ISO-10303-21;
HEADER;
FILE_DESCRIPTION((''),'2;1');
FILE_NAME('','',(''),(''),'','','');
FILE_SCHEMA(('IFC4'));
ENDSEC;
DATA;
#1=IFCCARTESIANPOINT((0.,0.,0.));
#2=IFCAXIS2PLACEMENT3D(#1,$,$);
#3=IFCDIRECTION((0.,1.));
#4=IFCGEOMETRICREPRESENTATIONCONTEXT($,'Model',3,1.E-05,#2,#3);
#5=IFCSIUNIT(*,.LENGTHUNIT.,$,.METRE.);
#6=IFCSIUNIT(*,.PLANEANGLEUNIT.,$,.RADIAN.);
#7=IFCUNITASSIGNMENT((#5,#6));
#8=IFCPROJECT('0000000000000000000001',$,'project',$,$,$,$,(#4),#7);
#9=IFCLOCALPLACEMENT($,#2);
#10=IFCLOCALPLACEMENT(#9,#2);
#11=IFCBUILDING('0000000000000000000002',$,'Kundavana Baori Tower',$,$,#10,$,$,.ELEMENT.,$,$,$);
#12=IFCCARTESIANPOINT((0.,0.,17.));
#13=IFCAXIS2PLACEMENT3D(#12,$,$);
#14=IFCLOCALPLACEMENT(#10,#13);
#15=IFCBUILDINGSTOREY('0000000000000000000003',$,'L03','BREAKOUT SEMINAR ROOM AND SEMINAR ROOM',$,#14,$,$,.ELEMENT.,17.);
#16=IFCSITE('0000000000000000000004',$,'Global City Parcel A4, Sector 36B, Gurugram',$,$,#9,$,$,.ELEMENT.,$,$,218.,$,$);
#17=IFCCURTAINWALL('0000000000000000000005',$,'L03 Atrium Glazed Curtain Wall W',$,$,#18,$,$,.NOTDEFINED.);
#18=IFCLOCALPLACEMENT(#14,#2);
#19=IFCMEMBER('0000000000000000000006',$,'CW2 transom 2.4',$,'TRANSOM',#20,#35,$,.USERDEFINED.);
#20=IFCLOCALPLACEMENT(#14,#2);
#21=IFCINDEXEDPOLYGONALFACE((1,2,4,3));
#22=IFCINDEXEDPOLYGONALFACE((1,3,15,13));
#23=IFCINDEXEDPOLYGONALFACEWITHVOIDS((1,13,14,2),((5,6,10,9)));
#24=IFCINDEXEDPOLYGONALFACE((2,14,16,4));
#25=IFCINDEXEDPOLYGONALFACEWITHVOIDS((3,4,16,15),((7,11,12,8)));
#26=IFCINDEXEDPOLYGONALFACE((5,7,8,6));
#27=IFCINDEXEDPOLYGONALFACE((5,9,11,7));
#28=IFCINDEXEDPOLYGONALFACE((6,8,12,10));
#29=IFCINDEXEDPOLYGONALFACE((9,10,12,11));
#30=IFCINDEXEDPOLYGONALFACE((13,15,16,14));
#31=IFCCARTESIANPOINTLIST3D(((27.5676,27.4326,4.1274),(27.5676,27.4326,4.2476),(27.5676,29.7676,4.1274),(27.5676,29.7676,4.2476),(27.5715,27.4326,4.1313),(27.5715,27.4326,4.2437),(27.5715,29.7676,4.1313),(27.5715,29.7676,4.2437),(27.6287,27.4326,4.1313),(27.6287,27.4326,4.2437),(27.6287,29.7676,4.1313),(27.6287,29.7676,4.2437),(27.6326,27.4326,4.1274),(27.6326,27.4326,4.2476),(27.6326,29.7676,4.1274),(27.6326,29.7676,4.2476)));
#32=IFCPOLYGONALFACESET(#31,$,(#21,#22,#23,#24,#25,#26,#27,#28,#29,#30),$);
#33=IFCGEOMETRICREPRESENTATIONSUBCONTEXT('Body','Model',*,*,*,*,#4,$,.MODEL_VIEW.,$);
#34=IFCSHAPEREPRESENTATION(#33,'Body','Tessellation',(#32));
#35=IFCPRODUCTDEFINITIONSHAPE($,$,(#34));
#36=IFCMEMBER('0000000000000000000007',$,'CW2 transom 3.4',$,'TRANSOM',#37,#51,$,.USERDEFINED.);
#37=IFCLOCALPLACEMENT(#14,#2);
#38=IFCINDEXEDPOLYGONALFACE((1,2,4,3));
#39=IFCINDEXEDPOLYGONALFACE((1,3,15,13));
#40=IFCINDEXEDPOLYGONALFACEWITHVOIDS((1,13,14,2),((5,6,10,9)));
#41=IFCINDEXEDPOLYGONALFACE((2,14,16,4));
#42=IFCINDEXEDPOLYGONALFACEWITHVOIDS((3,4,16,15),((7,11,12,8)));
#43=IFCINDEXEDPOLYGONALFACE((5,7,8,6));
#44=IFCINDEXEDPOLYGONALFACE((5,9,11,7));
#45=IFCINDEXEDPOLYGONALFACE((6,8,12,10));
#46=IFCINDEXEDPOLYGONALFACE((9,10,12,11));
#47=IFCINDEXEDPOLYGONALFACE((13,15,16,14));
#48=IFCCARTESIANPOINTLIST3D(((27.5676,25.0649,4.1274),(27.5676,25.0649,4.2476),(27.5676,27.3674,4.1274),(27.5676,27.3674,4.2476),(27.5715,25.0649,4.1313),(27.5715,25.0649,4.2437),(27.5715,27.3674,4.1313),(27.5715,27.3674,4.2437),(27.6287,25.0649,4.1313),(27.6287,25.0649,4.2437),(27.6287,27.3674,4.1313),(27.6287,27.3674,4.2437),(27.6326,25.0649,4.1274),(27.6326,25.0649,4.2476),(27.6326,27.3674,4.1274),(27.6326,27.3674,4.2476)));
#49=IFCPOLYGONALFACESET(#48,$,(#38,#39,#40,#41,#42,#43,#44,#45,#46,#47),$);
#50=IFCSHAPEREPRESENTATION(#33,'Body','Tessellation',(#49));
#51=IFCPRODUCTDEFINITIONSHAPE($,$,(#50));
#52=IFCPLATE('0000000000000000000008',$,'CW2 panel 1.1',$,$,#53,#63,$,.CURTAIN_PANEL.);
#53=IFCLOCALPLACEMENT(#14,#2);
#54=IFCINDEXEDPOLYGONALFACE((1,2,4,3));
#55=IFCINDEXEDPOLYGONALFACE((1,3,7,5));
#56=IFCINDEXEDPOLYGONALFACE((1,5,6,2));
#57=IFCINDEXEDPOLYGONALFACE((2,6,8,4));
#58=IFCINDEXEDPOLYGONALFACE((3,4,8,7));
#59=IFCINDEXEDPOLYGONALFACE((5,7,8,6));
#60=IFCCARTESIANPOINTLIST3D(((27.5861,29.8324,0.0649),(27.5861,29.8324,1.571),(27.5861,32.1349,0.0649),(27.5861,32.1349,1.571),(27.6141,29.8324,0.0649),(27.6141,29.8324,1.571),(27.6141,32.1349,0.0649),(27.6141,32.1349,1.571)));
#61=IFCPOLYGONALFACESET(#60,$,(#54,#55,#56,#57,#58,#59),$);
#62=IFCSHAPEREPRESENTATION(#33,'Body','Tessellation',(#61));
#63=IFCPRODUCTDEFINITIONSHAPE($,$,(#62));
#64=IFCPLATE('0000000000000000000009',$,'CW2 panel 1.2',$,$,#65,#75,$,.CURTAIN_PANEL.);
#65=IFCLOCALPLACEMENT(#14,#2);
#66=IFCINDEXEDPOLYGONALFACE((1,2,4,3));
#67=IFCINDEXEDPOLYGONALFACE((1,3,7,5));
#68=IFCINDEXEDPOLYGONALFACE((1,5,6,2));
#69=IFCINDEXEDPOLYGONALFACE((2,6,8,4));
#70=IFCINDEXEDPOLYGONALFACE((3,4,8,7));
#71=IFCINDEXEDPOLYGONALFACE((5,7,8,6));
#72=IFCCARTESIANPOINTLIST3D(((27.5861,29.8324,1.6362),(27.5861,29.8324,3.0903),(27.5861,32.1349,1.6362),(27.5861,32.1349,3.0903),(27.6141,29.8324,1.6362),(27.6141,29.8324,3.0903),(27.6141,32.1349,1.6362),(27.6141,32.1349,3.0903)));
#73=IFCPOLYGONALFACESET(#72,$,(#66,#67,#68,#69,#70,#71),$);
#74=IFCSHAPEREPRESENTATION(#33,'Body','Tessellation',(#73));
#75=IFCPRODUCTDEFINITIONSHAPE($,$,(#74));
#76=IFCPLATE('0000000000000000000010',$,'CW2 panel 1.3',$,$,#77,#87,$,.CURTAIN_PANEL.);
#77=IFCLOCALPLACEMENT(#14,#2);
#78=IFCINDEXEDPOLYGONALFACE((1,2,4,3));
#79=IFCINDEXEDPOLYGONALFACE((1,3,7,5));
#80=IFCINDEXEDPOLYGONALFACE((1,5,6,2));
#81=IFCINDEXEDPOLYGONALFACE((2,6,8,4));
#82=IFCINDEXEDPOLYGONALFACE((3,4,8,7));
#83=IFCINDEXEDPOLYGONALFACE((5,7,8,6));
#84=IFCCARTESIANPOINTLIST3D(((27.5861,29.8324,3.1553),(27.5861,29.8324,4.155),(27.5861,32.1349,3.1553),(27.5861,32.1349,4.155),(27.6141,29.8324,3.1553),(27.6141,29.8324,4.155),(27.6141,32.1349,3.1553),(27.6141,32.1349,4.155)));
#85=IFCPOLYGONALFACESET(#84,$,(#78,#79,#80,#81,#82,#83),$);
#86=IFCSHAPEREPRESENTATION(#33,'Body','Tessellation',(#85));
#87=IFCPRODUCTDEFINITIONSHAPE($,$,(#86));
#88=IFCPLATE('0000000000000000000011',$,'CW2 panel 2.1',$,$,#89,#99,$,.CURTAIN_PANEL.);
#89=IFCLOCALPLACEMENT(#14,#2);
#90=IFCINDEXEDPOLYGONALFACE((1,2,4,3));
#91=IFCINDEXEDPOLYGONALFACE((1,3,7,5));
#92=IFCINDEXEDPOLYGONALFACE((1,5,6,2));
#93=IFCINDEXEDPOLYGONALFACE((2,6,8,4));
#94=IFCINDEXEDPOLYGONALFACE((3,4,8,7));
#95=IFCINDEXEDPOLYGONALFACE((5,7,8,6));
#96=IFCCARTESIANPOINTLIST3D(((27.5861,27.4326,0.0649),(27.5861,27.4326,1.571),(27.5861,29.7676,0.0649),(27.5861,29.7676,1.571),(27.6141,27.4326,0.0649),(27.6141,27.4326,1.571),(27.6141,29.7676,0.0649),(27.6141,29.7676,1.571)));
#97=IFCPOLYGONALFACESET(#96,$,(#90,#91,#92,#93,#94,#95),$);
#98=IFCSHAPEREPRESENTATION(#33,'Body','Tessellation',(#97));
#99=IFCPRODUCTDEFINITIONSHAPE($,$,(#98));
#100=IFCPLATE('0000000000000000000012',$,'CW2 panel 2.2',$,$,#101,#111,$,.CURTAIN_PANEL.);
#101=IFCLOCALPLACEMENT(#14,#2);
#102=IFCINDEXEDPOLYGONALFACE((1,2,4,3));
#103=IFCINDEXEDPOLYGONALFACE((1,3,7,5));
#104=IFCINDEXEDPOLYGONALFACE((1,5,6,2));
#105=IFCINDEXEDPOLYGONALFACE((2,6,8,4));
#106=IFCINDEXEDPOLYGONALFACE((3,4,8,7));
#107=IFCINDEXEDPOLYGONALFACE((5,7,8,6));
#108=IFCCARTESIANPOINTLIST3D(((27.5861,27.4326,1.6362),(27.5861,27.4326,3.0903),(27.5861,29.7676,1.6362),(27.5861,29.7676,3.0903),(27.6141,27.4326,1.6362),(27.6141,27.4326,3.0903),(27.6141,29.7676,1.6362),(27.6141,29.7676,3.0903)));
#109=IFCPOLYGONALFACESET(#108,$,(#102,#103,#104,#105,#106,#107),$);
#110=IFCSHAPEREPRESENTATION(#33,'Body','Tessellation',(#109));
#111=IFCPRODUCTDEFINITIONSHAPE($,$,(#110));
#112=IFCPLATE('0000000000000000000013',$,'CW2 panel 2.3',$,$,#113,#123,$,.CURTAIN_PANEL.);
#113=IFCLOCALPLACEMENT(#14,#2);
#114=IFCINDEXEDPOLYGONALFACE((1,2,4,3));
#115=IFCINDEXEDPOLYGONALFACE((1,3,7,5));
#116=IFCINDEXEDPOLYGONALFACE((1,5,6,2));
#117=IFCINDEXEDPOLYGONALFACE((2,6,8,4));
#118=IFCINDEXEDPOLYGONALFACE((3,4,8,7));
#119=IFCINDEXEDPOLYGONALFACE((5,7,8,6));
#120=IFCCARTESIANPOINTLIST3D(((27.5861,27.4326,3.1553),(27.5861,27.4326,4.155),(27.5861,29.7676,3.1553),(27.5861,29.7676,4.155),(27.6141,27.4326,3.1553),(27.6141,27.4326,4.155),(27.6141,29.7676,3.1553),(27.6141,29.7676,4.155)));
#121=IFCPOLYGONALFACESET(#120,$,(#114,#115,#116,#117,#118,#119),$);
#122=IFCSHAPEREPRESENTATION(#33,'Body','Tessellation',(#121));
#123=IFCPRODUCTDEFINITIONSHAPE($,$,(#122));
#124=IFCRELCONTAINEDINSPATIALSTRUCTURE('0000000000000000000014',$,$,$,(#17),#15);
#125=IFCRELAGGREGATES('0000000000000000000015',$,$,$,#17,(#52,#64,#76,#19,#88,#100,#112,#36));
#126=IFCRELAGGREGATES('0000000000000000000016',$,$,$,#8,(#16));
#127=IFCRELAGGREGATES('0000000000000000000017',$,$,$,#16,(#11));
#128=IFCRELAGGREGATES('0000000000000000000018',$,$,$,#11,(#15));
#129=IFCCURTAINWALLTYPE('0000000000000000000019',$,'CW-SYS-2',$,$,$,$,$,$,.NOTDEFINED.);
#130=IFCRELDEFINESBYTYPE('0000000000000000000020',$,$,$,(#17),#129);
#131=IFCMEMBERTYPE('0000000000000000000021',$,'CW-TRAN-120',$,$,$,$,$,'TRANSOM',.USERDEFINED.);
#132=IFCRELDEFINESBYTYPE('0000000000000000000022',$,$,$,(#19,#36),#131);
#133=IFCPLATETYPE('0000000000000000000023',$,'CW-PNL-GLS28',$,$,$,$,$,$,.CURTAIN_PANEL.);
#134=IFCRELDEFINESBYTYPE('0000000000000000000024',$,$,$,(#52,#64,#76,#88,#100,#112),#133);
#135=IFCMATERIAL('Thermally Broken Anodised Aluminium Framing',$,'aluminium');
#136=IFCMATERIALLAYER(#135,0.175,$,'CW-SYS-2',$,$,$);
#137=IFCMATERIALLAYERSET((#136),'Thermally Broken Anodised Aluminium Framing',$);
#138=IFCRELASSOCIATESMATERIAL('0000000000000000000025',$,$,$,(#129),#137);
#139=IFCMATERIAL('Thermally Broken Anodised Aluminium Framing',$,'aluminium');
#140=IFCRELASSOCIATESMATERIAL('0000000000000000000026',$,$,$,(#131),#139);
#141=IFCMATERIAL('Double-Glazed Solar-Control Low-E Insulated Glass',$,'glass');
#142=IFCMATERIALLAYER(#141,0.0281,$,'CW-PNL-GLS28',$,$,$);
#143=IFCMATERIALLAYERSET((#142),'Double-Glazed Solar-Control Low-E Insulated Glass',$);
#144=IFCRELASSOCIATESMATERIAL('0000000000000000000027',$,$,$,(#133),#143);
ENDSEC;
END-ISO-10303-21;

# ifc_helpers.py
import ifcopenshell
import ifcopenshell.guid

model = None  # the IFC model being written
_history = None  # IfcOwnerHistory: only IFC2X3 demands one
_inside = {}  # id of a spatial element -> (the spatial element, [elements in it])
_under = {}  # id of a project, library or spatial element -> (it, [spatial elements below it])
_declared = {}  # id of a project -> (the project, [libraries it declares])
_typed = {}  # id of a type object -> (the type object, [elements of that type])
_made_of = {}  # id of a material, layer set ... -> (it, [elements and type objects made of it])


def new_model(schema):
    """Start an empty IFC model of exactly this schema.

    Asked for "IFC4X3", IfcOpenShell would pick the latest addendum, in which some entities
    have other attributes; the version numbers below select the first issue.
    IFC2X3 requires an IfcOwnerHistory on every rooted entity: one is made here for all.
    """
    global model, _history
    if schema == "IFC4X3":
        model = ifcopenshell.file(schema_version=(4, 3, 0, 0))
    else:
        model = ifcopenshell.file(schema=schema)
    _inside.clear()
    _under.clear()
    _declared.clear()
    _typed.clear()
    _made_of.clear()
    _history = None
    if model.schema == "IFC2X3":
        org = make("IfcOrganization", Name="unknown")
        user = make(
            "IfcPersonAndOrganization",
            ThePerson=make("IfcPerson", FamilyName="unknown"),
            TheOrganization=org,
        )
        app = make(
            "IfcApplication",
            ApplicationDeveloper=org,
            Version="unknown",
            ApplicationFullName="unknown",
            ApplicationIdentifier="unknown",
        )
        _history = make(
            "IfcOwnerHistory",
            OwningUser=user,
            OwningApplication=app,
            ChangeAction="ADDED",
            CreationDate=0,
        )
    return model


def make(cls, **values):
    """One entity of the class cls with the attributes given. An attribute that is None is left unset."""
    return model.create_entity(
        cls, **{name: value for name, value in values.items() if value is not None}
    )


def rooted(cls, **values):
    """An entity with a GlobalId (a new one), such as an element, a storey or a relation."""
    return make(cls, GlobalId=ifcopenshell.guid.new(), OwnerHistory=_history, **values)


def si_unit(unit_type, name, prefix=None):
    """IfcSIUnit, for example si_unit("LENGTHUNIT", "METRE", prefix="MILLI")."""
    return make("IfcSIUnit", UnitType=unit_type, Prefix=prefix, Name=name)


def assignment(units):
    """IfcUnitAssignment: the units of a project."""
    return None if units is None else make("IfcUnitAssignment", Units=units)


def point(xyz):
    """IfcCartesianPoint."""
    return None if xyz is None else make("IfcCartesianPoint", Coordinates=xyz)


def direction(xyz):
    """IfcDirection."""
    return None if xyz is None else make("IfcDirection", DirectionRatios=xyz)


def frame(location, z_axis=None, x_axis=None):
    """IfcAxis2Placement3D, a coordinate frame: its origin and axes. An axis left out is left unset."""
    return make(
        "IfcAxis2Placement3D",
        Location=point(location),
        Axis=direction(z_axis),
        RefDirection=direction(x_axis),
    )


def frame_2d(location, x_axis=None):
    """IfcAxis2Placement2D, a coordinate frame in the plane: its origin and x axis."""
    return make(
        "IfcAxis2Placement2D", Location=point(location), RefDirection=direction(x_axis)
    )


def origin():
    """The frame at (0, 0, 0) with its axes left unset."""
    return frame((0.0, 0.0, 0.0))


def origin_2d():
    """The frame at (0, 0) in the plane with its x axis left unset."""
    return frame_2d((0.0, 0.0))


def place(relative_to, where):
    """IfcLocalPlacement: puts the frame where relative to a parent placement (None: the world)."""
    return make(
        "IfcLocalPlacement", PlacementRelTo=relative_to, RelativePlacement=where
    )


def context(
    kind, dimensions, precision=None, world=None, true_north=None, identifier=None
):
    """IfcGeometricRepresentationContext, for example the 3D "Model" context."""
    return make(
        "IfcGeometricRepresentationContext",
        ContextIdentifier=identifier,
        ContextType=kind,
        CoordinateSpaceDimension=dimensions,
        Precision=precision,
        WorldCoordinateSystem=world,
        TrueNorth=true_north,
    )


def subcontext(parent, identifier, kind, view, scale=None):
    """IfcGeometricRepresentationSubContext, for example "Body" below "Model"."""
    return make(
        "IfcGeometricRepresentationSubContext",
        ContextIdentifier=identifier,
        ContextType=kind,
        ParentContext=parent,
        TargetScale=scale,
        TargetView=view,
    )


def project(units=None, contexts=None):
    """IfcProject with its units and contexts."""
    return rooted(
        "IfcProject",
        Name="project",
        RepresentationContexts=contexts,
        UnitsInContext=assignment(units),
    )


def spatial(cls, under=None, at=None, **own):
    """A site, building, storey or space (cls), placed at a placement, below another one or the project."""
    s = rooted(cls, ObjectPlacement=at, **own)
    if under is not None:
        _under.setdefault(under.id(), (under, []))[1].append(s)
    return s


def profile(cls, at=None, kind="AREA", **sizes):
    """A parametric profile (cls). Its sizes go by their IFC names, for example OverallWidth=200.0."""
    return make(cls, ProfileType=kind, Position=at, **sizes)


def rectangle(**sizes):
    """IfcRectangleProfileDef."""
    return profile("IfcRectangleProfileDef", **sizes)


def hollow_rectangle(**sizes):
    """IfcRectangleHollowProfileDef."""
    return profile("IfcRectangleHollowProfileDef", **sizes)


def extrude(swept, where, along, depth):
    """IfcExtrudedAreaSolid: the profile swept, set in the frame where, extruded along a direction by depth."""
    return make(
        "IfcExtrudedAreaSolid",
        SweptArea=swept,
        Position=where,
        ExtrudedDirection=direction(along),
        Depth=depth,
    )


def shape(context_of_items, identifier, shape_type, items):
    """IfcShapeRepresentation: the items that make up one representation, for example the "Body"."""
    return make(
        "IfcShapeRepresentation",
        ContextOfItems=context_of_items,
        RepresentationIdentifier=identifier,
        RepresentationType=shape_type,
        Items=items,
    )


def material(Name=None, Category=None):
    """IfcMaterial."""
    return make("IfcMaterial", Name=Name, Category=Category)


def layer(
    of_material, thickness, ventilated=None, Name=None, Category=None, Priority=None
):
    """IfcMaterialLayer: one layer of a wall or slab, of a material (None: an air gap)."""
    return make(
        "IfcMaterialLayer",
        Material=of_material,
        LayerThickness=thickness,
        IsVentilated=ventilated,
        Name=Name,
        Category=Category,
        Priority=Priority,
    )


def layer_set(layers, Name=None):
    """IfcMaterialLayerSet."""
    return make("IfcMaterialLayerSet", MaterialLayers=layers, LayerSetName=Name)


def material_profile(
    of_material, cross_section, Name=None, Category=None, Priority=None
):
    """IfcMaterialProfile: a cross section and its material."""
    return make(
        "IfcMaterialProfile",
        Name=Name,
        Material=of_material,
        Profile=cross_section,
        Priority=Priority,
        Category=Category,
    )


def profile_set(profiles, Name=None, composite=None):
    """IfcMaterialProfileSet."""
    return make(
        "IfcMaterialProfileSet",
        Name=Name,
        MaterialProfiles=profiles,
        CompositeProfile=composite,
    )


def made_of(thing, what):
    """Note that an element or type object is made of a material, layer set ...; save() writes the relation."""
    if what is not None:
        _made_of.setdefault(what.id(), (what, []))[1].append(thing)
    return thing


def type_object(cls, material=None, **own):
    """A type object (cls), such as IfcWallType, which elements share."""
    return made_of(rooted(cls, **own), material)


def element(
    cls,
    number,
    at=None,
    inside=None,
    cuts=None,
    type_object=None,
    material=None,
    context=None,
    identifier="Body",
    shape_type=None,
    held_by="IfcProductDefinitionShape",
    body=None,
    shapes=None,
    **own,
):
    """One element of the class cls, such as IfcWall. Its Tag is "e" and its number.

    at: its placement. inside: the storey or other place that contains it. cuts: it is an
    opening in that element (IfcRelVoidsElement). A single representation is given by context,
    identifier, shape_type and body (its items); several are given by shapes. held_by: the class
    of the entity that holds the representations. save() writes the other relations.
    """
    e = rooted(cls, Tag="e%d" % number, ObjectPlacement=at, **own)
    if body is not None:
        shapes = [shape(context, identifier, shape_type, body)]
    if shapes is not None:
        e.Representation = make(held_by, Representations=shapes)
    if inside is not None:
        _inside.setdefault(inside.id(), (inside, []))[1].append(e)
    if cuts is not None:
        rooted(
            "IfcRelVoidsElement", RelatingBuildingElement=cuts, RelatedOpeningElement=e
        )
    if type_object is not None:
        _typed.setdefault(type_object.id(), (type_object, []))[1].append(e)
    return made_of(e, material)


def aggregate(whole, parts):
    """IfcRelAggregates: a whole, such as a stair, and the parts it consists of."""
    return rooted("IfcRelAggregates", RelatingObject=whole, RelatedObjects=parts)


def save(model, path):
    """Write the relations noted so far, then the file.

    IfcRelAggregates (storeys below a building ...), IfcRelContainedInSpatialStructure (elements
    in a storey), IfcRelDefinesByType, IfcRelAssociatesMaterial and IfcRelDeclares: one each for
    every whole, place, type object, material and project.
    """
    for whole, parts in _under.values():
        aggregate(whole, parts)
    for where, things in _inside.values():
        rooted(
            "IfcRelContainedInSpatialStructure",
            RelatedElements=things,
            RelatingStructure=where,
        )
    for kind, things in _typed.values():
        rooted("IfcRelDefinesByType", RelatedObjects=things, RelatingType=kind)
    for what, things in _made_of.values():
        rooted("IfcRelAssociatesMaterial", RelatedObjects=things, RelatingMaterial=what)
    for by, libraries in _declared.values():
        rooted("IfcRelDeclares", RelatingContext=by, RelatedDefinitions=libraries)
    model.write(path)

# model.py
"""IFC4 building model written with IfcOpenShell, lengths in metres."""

from ifc_helpers import new_model, si_unit, direction, frame, origin, origin_2d, place, context, subcontext, project, spatial, rectangle, hollow_rectangle, extrude, material, layer, layer_set, material_profile, profile_set, type_object, element, aggregate, save


model = new_model("IFC4")

# Units and contexts
model_context = context("Model", 3, precision=1e-05, world=origin(), true_north=direction((0.0, 1.0)))
body_context = subcontext(model_context, "Body", "Model", "MODEL_VIEW")
ifc_project = project(units=[si_unit("LENGTHUNIT", "METRE"), si_unit("PLANEANGLEUNIT", "RADIAN")], contexts=[model_context])

# Site, building, storey
site_placement = place(None, origin())
site = spatial("IfcSite", under=ifc_project, at=site_placement, Name="Global City Parcel A4, Sector 36B, Gurugram", CompositionType="ELEMENT", RefElevation=218.0)
building_placement = place(site_placement, origin())
building = spatial("IfcBuilding", under=site, at=building_placement, Name="Kundavana Baori Tower", CompositionType="ELEMENT")
storey_placement = place(building_placement, frame((0.0, 0.0, 17.0)))
storey = spatial("IfcBuildingStorey", under=building, at=storey_placement, Name="L03", Description="BREAKOUT SEMINAR ROOM AND SEMINAR ROOM", CompositionType="ELEMENT", Elevation=17.0)

# Shared definitions
ifc_material_1 = material(Name="Thermally Broken Anodised Aluminium Framing", Category="aluminium")
ifc_layer_1 = layer(ifc_material_1, 0.175, Name="CW-SYS-2")
ifc_layer_set_1 = layer_set([ifc_layer_1], Name="Thermally Broken Anodised Aluminium Framing")
curtain_wall_type = type_object("IfcCurtainWallType", Name="CW-SYS-2", PredefinedType="NOTDEFINED", material=ifc_layer_set_1)

# Curtain wall, members, plates
curtain_wall_1_placement = place(storey_placement, origin())
curtain_wall_1 = element("IfcCurtainWall", 1, at=curtain_wall_1_placement, inside=storey, type_object=curtain_wall_type, Name="L03 Atrium Glazed Curtain Wall W", PredefinedType="NOTDEFINED")
ifc_material_2 = material(Name="Thermally Broken Anodised Aluminium Framing", Category="aluminium")
ifc_material_profile_1 = material_profile(ifc_material_2, hollow_rectangle(XDim=0.0649, YDim=0.1201, WallThickness=0.0039, at=origin_2d()), Name="CW-TRAN-120")
ifc_profile_set_1 = profile_set([ifc_material_profile_1], Name="Thermally Broken Anodised Aluminium Framing")
member_type_1 = type_object("IfcMemberType", Name="CW-TRAN-120", ElementType="TRANSOM", PredefinedType="USERDEFINED", material=ifc_profile_set_1)
member_1_placement = place(storey_placement, frame((27.6001, 29.7676, 4.1875), z_axis=(0.0, -1.0, 0.0), x_axis=(1.0, 0.0, 0.0)))
member_1 = element("IfcMember", 2, at=member_1_placement, type_object=member_type_1, Name="CW2 transom 2.4", ObjectType="TRANSOM", PredefinedType="USERDEFINED", context=body_context, shape_type="SweptSolid", body=[
    extrude(hollow_rectangle(XDim=0.0649, YDim=0.1201, WallThickness=0.0039, at=origin_2d()), origin(), (0.0, 0.0, 1.0), 2.335),
])
member_2_placement = place(storey_placement, frame((27.6001, 27.3674, 4.1875), z_axis=(0.0, -1.0, 0.0), x_axis=(1.0, 0.0, 0.0)))
member_2 = element("IfcMember", 3, at=member_2_placement, type_object=member_type_1, Name="CW2 transom 3.4", ObjectType="TRANSOM", PredefinedType="USERDEFINED", context=body_context, shape_type="SweptSolid", body=[
    extrude(hollow_rectangle(XDim=0.0649, YDim=0.1201, WallThickness=0.0039, at=origin_2d()), origin(), (0.0, 0.0, 1.0), 2.3025),
])
ifc_material_3 = material(Name="Double-Glazed Solar-Control Low-E Insulated Glass", Category="glass")
ifc_layer_2 = layer(ifc_material_3, 0.0281, Name="CW-PNL-GLS28")
ifc_layer_set_2 = layer_set([ifc_layer_2], Name="Double-Glazed Solar-Control Low-E Insulated Glass")
plate_type = type_object("IfcPlateType", Name="CW-PNL-GLS28", PredefinedType="CURTAIN_PANEL", material=ifc_layer_set_2)
plate_1_placement = place(storey_placement, frame((27.6001, 30.9836, 0.0649), z_axis=(0.0, 0.0, 1.0), x_axis=(0.0, -1.0, 0.0)))
plate_1 = element("IfcPlate", 4, at=plate_1_placement, type_object=plate_type, Name="CW2 panel 1.1", PredefinedType="CURTAIN_PANEL", context=body_context, shape_type="SweptSolid", body=[
    extrude(rectangle(XDim=2.3025, YDim=0.0281, at=origin_2d()), origin(), (0.0, 0.0, 1.0), 1.5061),
])
plate_2_placement = place(storey_placement, frame((27.6001, 30.9836, 1.6362), z_axis=(0.0, 0.0, 1.0), x_axis=(0.0, -1.0, 0.0)))
plate_2 = element("IfcPlate", 5, at=plate_2_placement, type_object=plate_type, Name="CW2 panel 1.2", PredefinedType="CURTAIN_PANEL", context=body_context, shape_type="SweptSolid", body=[
    extrude(rectangle(XDim=2.3025, YDim=0.0281, at=origin_2d()), origin(), (0.0, 0.0, 1.0), 1.4541),
])
plate_3_placement = place(storey_placement, frame((27.6001, 30.9836, 3.1553), z_axis=(0.0, 0.0, 1.0), x_axis=(0.0, -1.0, 0.0)))
plate_3 = element("IfcPlate", 6, at=plate_3_placement, type_object=plate_type, Name="CW2 panel 1.3", PredefinedType="CURTAIN_PANEL", context=body_context, shape_type="SweptSolid", body=[
    extrude(rectangle(XDim=2.3025, YDim=0.0281, at=origin_2d()), origin(), (0.0, 0.0, 1.0), 0.9998),
])
plate_4_placement = place(storey_placement, frame((27.6001, 28.6001, 0.0649), z_axis=(0.0, 0.0, 1.0), x_axis=(0.0, -1.0, 0.0)))
plate_4 = element("IfcPlate", 7, at=plate_4_placement, type_object=plate_type, Name="CW2 panel 2.1", PredefinedType="CURTAIN_PANEL", context=body_context, shape_type="SweptSolid", body=[
    extrude(rectangle(XDim=2.335, YDim=0.0281, at=origin_2d()), origin(), (0.0, 0.0, 1.0), 1.5061),
])
plate_5_placement = place(storey_placement, frame((27.6001, 28.6001, 1.6362), z_axis=(0.0, 0.0, 1.0), x_axis=(0.0, -1.0, 0.0)))
plate_5 = element("IfcPlate", 8, at=plate_5_placement, type_object=plate_type, Name="CW2 panel 2.2", PredefinedType="CURTAIN_PANEL", context=body_context, shape_type="SweptSolid", body=[
    extrude(rectangle(XDim=2.335, YDim=0.0281, at=origin_2d()), origin(), (0.0, 0.0, 1.0), 1.4541),
])
plate_6_placement = place(storey_placement, frame((27.6001, 28.6001, 3.1553), z_axis=(0.0, 0.0, 1.0), x_axis=(0.0, -1.0, 0.0)))
plate_6 = element("IfcPlate", 9, at=plate_6_placement, type_object=plate_type, Name="CW2 panel 2.3", PredefinedType="CURTAIN_PANEL", context=body_context, shape_type="SweptSolid", body=[
    extrude(rectangle(XDim=2.335, YDim=0.0281, at=origin_2d()), origin(), (0.0, 0.0, 1.0), 0.9998),
])
aggregate(curtain_wall_1, [plate_1, plate_2, plate_3, member_1, plate_4, plate_5, plate_6, member_2])

save(model, "model.ifc")
